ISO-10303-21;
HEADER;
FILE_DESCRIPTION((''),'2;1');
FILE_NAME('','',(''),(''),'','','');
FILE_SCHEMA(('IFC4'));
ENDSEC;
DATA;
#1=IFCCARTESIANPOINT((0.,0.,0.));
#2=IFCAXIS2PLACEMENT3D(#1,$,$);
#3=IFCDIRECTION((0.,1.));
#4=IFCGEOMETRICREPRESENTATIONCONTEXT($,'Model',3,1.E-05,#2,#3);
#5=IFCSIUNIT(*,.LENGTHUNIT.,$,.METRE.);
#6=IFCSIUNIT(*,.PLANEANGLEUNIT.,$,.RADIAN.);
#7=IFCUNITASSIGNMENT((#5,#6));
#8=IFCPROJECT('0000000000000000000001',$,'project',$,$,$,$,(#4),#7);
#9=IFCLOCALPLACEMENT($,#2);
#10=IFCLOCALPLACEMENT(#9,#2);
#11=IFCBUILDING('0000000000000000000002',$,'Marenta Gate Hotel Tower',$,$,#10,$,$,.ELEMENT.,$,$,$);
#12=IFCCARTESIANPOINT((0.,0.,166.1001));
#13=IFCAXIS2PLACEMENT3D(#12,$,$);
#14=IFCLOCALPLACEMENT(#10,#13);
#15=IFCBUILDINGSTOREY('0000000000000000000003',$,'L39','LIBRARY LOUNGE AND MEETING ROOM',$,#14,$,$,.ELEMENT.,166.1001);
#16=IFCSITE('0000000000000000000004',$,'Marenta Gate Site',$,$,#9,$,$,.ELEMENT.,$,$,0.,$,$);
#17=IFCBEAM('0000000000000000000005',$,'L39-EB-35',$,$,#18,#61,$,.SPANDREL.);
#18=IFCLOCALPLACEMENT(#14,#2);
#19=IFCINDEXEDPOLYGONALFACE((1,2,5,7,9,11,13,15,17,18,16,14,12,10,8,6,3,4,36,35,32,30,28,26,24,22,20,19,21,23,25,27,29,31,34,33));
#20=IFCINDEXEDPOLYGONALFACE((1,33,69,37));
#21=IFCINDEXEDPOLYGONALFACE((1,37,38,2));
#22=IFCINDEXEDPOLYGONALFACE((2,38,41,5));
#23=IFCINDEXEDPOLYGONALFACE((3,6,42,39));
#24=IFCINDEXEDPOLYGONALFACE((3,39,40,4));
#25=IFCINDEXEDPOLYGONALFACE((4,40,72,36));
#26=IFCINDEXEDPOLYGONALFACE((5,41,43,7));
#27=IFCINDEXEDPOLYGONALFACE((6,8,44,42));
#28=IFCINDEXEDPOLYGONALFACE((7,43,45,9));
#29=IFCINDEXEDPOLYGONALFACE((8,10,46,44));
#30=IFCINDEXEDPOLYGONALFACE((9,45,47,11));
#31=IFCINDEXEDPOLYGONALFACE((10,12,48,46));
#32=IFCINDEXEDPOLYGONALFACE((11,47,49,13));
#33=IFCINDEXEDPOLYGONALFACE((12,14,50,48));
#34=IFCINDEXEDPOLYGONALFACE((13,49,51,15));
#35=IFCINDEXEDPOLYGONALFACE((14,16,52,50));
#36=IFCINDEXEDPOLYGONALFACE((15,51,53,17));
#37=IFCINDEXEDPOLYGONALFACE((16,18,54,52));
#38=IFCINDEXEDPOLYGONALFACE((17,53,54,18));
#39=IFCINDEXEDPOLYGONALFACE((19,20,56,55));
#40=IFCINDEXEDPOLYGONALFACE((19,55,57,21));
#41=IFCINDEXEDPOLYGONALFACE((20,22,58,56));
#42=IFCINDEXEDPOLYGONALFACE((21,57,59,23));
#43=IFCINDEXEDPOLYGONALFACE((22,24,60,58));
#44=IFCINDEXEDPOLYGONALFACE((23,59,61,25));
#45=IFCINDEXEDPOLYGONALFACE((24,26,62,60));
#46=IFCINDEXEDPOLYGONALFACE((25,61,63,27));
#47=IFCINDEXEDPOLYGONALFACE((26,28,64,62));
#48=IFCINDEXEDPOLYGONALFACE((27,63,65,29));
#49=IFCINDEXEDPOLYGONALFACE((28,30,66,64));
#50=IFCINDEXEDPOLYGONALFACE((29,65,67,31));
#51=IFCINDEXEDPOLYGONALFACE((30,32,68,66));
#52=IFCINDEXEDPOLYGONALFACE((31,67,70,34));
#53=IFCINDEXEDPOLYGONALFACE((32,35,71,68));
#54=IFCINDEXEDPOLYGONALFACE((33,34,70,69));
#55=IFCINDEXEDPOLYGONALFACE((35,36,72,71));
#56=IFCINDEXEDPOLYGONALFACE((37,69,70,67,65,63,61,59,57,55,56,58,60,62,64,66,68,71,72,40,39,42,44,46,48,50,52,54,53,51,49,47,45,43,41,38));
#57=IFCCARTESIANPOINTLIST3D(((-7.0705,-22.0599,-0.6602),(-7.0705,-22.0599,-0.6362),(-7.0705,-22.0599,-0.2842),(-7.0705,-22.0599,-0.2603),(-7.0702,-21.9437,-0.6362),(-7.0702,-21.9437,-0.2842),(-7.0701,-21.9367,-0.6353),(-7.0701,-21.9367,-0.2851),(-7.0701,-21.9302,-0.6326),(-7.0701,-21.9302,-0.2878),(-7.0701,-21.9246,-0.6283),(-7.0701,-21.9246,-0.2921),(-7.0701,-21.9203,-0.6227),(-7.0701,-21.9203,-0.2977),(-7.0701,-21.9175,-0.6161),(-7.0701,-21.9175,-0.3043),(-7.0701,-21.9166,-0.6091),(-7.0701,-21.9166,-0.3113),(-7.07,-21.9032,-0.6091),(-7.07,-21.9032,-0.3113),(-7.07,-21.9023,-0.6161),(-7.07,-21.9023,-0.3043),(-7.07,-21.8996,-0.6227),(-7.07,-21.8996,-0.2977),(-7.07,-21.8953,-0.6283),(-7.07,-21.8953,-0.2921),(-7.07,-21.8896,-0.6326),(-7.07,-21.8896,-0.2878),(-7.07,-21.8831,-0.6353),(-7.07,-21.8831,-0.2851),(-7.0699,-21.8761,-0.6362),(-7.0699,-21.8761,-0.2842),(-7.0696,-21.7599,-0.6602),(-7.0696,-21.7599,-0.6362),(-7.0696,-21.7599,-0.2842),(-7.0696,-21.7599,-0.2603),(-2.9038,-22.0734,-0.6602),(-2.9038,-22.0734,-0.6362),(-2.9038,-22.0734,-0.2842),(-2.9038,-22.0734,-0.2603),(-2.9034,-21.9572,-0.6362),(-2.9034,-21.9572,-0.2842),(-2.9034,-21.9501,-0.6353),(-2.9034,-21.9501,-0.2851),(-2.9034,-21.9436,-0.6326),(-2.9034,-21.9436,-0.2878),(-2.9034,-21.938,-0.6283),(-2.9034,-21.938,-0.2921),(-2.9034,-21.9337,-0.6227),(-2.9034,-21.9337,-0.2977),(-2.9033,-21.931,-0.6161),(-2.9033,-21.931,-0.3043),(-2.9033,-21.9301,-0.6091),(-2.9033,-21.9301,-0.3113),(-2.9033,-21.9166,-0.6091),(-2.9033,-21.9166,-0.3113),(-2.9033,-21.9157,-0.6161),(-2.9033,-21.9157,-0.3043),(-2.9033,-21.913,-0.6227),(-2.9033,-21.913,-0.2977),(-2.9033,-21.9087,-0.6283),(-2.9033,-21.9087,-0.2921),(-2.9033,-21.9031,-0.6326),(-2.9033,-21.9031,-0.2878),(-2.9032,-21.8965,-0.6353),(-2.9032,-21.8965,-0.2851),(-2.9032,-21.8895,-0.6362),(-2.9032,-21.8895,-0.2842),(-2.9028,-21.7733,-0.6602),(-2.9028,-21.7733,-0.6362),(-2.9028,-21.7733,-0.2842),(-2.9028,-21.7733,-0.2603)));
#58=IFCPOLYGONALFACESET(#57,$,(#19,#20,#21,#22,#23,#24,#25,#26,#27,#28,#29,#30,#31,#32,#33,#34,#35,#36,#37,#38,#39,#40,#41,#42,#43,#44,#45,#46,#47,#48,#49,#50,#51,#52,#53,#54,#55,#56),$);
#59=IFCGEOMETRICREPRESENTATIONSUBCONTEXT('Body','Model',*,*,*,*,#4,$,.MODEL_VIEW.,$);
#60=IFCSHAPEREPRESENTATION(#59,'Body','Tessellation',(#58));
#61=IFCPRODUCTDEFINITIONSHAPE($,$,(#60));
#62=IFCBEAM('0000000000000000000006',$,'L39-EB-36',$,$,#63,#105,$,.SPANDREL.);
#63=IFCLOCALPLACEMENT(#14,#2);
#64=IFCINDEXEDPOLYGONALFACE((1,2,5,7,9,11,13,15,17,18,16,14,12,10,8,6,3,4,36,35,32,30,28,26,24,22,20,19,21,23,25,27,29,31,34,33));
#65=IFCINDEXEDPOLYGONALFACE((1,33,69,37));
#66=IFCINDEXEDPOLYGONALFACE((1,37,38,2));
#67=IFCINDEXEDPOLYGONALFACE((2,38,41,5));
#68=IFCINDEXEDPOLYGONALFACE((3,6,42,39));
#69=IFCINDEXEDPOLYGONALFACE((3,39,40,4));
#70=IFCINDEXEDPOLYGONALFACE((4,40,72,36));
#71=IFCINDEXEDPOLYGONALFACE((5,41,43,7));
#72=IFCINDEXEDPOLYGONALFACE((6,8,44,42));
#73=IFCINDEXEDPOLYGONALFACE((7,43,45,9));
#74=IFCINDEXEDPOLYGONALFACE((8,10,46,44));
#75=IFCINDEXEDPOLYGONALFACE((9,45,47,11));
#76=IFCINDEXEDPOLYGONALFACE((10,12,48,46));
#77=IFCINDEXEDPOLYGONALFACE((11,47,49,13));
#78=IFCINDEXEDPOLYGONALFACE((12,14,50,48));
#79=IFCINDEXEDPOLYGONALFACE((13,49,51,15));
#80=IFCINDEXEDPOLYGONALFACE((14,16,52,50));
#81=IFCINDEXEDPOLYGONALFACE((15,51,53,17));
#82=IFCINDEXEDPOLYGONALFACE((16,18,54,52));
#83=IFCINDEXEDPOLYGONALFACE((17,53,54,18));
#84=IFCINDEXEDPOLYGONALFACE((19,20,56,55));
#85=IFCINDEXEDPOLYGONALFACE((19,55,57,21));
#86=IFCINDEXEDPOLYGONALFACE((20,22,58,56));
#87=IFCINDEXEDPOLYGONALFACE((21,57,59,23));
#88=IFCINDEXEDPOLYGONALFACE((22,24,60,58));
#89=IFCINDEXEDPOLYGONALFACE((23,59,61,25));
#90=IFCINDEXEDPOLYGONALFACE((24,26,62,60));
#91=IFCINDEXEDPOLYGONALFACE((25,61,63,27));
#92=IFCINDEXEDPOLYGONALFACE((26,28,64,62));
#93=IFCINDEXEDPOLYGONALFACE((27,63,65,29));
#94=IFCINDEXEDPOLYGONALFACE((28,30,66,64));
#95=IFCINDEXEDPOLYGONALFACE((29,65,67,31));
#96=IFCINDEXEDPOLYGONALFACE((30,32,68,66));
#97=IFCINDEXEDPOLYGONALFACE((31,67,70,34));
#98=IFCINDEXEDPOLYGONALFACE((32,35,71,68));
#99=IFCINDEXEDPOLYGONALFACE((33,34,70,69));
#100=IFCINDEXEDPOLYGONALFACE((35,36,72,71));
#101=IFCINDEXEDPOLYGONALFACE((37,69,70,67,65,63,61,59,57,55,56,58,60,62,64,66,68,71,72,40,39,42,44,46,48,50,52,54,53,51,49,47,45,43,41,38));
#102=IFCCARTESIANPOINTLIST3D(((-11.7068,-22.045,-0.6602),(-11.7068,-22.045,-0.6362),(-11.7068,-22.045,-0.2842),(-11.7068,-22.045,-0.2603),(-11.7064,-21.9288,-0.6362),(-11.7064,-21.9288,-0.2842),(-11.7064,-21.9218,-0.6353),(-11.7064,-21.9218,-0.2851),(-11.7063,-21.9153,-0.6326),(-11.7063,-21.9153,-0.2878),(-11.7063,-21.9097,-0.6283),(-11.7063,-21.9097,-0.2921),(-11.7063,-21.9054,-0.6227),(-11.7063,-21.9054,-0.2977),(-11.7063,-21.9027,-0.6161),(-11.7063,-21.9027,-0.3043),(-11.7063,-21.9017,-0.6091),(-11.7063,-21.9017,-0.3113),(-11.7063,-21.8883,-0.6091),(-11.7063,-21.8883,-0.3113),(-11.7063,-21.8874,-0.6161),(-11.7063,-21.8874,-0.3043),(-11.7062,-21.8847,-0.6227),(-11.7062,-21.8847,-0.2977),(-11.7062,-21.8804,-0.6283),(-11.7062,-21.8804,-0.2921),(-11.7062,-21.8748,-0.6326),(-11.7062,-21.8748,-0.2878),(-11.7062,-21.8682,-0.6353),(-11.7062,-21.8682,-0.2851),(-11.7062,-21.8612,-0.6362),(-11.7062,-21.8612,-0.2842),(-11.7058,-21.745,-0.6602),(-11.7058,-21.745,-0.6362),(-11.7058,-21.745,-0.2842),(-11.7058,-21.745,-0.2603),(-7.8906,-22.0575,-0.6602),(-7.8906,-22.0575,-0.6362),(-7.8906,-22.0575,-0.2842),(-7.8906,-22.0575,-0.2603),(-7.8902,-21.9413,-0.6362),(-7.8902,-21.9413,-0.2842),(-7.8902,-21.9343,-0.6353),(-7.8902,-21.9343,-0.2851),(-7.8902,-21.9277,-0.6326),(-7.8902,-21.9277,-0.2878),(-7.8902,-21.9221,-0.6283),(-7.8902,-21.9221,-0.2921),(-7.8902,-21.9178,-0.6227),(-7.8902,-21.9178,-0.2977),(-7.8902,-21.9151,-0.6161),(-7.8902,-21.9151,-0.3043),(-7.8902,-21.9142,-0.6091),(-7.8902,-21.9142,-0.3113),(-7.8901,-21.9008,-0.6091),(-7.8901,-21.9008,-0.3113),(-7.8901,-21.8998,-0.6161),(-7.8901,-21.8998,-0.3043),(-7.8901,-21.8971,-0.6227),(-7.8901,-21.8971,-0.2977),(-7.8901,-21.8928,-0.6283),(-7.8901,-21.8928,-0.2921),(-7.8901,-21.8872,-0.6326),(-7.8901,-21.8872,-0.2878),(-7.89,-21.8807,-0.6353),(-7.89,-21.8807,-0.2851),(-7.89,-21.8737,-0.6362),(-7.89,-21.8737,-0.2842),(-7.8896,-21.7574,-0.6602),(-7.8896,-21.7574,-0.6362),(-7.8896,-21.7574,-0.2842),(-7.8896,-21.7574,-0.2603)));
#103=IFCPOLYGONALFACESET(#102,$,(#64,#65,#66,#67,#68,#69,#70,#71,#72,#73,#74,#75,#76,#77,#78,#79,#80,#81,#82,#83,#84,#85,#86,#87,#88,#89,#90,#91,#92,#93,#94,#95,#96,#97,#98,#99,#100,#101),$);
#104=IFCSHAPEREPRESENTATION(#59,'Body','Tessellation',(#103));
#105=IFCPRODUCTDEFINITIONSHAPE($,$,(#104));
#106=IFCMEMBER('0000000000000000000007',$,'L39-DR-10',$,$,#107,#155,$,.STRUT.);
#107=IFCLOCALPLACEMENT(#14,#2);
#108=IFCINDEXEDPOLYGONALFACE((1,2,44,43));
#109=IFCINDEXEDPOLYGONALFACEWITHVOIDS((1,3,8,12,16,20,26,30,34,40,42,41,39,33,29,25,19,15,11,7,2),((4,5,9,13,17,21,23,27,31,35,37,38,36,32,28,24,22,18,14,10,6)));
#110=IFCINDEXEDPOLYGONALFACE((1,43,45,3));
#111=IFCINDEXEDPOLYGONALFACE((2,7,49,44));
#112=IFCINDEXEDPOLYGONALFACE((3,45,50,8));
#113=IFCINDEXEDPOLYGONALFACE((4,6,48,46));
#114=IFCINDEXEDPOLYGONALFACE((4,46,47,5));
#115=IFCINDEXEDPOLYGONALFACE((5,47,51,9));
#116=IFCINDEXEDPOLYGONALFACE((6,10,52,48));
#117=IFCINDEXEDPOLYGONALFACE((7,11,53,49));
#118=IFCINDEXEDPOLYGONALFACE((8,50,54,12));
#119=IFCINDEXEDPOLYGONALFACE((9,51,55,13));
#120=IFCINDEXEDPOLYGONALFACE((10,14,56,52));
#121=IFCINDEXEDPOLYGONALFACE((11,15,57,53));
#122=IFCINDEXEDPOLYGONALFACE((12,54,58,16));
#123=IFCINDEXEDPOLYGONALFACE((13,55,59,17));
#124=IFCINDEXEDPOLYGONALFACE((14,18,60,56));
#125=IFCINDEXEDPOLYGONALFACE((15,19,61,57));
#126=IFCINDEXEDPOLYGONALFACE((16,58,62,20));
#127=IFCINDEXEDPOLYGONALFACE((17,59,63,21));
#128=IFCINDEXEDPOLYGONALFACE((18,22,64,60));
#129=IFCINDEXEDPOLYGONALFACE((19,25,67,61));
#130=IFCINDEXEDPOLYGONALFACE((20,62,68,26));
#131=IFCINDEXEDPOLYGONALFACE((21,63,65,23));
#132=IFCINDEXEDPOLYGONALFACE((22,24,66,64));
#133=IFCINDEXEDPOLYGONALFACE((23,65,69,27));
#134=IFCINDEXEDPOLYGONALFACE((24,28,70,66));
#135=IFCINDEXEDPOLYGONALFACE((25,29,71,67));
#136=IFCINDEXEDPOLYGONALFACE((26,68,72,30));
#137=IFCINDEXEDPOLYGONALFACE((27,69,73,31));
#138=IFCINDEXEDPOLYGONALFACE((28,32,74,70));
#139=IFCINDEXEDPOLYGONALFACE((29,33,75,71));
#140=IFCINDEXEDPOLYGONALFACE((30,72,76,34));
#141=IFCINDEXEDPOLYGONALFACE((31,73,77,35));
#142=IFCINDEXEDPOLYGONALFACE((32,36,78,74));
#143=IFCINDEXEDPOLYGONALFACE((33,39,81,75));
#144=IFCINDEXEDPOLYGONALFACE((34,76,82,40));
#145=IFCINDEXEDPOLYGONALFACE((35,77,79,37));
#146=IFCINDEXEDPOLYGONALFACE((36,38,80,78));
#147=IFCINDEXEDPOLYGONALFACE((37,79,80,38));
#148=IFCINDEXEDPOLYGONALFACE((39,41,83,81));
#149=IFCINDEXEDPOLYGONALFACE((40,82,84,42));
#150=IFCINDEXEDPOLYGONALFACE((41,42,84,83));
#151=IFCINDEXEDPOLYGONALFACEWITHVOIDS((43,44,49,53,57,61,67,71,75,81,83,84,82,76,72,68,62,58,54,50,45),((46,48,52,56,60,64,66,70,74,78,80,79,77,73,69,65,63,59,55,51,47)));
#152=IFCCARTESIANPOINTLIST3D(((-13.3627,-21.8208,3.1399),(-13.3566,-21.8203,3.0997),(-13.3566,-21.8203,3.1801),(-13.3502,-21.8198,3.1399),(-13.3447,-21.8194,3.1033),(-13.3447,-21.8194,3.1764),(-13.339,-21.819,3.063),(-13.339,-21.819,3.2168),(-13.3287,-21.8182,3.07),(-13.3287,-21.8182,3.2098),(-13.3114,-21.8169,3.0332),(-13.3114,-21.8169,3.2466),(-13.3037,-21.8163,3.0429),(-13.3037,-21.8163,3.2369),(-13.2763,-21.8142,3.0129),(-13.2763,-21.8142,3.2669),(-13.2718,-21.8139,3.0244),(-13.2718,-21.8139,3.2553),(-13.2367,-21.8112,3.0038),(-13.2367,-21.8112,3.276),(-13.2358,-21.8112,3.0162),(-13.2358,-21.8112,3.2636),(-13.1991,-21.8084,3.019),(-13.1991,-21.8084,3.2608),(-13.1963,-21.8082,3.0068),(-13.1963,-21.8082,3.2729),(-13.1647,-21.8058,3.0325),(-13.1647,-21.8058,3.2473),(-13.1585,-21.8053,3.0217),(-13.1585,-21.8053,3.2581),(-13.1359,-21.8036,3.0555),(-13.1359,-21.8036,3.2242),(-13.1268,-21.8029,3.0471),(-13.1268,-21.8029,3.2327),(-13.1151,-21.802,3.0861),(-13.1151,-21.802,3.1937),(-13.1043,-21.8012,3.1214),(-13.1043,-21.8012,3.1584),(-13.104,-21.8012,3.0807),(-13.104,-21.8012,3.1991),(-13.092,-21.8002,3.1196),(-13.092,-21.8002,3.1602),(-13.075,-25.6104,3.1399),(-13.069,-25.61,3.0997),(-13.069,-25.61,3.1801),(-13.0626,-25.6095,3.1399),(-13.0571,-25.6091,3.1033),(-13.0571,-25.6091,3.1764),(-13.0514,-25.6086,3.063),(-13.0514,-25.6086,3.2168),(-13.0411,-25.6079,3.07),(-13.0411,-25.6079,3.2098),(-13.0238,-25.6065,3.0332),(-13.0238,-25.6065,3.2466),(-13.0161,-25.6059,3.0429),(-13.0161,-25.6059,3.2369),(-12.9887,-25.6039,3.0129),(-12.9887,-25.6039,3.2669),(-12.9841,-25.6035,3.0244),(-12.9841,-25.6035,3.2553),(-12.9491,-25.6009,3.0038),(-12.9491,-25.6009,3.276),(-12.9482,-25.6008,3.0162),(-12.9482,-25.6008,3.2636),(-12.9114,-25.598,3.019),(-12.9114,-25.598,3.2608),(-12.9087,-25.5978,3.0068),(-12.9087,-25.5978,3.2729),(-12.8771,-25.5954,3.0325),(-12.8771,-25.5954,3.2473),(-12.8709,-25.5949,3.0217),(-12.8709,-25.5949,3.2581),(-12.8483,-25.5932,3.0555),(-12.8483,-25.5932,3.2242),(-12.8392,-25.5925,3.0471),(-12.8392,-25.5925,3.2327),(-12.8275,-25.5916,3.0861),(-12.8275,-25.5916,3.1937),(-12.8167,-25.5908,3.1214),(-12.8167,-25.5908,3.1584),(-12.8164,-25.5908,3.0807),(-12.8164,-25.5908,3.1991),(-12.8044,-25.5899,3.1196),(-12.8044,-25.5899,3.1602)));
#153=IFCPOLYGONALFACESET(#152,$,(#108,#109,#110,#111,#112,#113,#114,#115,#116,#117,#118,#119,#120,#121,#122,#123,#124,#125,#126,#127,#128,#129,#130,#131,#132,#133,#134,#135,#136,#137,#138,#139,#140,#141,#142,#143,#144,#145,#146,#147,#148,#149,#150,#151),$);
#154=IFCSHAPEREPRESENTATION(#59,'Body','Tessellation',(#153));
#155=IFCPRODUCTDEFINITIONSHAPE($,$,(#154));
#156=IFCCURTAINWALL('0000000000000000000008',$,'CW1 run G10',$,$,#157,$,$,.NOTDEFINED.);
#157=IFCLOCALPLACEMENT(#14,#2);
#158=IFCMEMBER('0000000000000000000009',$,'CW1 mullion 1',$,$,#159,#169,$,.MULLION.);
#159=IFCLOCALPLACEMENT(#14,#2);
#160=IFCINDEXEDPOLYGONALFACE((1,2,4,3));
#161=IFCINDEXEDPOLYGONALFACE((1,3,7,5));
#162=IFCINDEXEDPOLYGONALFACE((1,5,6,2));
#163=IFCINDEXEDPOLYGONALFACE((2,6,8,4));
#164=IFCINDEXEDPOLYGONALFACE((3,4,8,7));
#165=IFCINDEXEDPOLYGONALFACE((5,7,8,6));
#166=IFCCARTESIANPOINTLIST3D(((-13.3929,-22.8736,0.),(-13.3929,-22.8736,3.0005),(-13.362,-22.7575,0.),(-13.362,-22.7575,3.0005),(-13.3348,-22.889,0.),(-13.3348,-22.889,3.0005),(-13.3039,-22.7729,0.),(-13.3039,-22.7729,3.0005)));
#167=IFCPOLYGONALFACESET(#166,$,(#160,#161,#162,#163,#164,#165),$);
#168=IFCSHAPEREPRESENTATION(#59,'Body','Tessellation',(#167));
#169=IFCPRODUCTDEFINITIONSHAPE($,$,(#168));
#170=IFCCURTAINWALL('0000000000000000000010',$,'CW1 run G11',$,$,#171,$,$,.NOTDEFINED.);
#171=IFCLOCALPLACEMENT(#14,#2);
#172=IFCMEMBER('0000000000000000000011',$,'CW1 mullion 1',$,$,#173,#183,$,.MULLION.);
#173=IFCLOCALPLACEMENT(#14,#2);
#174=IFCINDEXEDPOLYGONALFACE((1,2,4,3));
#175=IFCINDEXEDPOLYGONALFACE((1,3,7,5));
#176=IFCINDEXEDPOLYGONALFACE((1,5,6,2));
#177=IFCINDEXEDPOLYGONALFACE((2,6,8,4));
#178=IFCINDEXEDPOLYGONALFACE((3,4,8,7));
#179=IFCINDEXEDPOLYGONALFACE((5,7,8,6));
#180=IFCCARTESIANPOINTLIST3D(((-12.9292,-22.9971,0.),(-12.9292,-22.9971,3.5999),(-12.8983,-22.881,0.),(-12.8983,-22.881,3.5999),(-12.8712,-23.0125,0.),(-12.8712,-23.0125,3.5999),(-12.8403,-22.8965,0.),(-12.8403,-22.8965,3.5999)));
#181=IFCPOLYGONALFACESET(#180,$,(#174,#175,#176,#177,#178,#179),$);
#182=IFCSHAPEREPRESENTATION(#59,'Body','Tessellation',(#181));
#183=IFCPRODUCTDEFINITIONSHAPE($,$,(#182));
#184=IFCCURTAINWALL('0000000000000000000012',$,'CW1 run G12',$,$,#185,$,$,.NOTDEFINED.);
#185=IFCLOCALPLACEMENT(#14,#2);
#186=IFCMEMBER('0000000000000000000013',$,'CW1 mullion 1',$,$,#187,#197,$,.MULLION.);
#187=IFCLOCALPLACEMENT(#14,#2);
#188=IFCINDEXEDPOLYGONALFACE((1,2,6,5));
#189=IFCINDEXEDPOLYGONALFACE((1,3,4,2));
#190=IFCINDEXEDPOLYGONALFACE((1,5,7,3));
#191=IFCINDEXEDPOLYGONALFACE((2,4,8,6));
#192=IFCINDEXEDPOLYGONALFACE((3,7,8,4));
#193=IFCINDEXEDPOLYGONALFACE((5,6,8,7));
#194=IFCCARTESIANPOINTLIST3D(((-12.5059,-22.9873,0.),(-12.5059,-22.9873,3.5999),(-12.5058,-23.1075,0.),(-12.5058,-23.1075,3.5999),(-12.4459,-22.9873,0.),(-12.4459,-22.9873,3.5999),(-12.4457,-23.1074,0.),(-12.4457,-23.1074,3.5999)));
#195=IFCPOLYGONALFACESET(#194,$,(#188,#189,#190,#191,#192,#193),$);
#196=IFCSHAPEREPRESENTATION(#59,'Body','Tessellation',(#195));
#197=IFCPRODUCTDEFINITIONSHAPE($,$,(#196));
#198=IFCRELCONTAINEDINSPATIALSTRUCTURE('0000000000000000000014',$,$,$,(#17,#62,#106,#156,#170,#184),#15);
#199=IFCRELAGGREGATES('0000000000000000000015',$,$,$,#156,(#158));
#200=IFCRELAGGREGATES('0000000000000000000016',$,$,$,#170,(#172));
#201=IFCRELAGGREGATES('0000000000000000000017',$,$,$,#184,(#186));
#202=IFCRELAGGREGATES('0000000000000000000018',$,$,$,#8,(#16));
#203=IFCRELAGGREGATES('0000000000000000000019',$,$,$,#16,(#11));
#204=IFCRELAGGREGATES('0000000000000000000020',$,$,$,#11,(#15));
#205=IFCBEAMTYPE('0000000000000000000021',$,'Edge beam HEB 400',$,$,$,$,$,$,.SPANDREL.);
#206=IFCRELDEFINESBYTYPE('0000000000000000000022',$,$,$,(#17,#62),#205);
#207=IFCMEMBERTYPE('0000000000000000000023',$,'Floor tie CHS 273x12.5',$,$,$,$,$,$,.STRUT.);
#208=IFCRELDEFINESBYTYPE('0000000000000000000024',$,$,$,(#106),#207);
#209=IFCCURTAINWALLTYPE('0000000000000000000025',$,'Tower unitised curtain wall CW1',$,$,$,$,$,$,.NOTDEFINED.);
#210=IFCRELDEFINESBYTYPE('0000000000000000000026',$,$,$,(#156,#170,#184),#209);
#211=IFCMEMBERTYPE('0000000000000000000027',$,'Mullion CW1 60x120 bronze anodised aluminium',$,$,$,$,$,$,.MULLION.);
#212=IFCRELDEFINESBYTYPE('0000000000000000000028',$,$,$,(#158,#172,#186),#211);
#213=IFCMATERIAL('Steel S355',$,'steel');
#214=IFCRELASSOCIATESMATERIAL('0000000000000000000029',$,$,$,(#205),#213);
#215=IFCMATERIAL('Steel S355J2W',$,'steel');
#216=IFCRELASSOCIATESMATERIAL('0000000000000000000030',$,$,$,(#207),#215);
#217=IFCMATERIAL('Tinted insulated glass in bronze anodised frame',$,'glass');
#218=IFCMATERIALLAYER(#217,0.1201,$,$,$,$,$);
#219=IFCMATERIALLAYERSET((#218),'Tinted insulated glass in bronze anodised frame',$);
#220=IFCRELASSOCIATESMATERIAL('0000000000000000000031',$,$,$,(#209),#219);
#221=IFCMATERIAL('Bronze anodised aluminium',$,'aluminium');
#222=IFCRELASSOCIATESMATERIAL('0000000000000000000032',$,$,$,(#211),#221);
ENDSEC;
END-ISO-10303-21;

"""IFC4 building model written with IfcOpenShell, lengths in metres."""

from ifc_helpers import new_model, si_unit, direction, frame, origin, origin_2d, place, context, subcontext, project, spatial, rectangle, hollow_circle, i_section, extrude, material, layer, layer_set, material_profile, profile_set, type_object, element, aggregate, save


model = new_model("IFC4")

# Units and contexts
model_context = context("Model", 3, precision=1e-05, world=origin(), true_north=direction((0.0, 1.0)))
body_context = subcontext(model_context, "Body", "Model", "MODEL_VIEW")
ifc_project = project(units=[si_unit("LENGTHUNIT", "METRE"), si_unit("PLANEANGLEUNIT", "RADIAN")], contexts=[model_context])

# Site, building, storey
site_placement = place(None, origin())
site = spatial("IfcSite", under=ifc_project, at=site_placement, Name="Marenta Gate Site", CompositionType="ELEMENT", RefElevation=0.0)
building_placement = place(site_placement, origin())
building = spatial("IfcBuilding", under=site, at=building_placement, Name="Marenta Gate Hotel Tower", CompositionType="ELEMENT")
storey_placement = place(building_placement, frame((0.0, 0.0, 166.1001)))
storey = spatial("IfcBuildingStorey", under=building, at=storey_placement, Name="L39", Description="LIBRARY LOUNGE AND MEETING ROOM", CompositionType="ELEMENT", Elevation=166.1001)

# Beams
ifc_material_1 = material(Name="Steel S355", Category="steel")
ifc_material_profile_1 = material_profile(ifc_material_1, i_section(OverallWidth=0.3, OverallDepth=0.3999, WebThickness=0.0134, FlangeThickness=0.0239, FilletRadius=0.0271, at=origin_2d()), Name="HEB 400")
ifc_profile_set_1 = profile_set([ifc_material_profile_1], Name="Steel S355")
beam_type = type_object("IfcBeamType", Name="Edge beam HEB 400", PredefinedType="SPANDREL", material=ifc_profile_set_1)
beam_1_placement = place(storey_placement, frame((-2.9033, -21.9233, -0.4602), z_axis=(-0.999995, 0.003223, 0.0), x_axis=(-0.003223, -0.999995, 0.0)))
element("IfcBeam", 1, at=beam_1_placement, inside=storey, type_object=beam_type, Name="L39-EB-35", PredefinedType="SPANDREL", context=body_context, shape_type="SweptSolid", body=[
    extrude(i_section(OverallWidth=0.3, OverallDepth=0.3999, WebThickness=0.0134, FlangeThickness=0.0239, FilletRadius=0.0271, at=origin_2d()), origin(), (0.0, 0.0, 1.0), 4.1667),
])
beam_2_placement = place(storey_placement, frame((-7.8901, -21.9075, -0.4602), z_axis=(-0.999995, 0.003263, 0.0), x_axis=(-0.003263, -0.999995, 0.0)))
element("IfcBeam", 2, at=beam_2_placement, inside=storey, type_object=beam_type, Name="L39-EB-36", PredefinedType="SPANDREL", context=body_context, shape_type="SweptSolid", body=[
    extrude(i_section(OverallWidth=0.3, OverallDepth=0.3999, WebThickness=0.0134, FlangeThickness=0.0239, FilletRadius=0.0271, at=origin_2d()), origin(), (0.0, 0.0, 1.0), 3.8162),
])

# Member
ifc_material_2 = material(Name="Steel S355J2W", Category="steel")
ifc_material_profile_2 = material_profile(ifc_material_2, hollow_circle(Radius=0.1365, WallThickness=0.0125, at=origin_2d()), Name="CHS 273x12.5")
ifc_profile_set_2 = profile_set([ifc_material_profile_2], Name="Steel S355J2W")
member_type_1 = type_object("IfcMemberType", Name="Floor tie CHS 273x12.5", PredefinedType="STRUT", material=ifc_profile_set_2)
member_1_placement = place(storey_placement, frame((-12.939, -25.6001, 3.1399), z_axis=(-0.075675, 0.997133, 0.0), x_axis=(-0.997133, -0.075675, 0.0)))
element("IfcMember", 3, at=member_1_placement, inside=storey, type_object=member_type_1, Name="L39-DR-10", PredefinedType="STRUT", context=body_context, shape_type="SweptSolid", body=[
    extrude(hollow_circle(Radius=0.1365, WallThickness=0.0125, at=origin_2d()), origin(), (0.0, 0.0, 1.0), 3.8005),
])

# Curtain walls, members
ifc_material_3 = material(Name="Tinted insulated glass in bronze anodised frame", Category="glass")
ifc_layer_1 = layer(ifc_material_3, 0.1201)
ifc_layer_set_1 = layer_set([ifc_layer_1], Name="Tinted insulated glass in bronze anodised frame")
curtain_wall_type = type_object("IfcCurtainWallType", Name="Tower unitised curtain wall CW1", PredefinedType="NOTDEFINED", material=ifc_layer_set_1)
curtain_wall_1_placement = place(storey_placement, origin())
curtain_wall_1 = element("IfcCurtainWall", 4, at=curtain_wall_1_placement, inside=storey, type_object=curtain_wall_type, Name="CW1 run G10", PredefinedType="NOTDEFINED")
ifc_material_4 = material(Name="Bronze anodised aluminium", Category="aluminium")
ifc_material_profile_3 = material_profile(ifc_material_4, rectangle(XDim=0.1201, YDim=0.0601, at=origin_2d()), Name="Mullion CW1 60x120 bronze anodised aluminium")
ifc_profile_set_3 = profile_set([ifc_material_profile_3], Name="Bronze anodised aluminium")
member_type_2 = type_object("IfcMemberType", Name="Mullion CW1 60x120 bronze anodised aluminium", PredefinedType="MULLION", material=ifc_profile_set_3)
member_2_placement = place(storey_placement, frame((-13.3484, -22.8232, 0.0), z_axis=(0.0, 0.0, 1.0), x_axis=(0.25717, 0.966366, 0.0)))
member_2 = element("IfcMember", 5, at=member_2_placement, type_object=member_type_2, Name="CW1 mullion 1", PredefinedType="MULLION", context=body_context, shape_type="SweptSolid", body=[
    extrude(rectangle(XDim=0.1201, YDim=0.0601, at=origin_2d()), origin(), (0.0, 0.0, 1.0), 3.0005),
])
curtain_wall_2_placement = place(storey_placement, origin())
curtain_wall_2 = element("IfcCurtainWall", 6, at=curtain_wall_2_placement, inside=storey, type_object=curtain_wall_type, Name="CW1 run G11", PredefinedType="NOTDEFINED")
member_3_placement = place(storey_placement, frame((-12.8848, -22.9468, 0.0), z_axis=(0.0, 0.0, 1.0), x_axis=(0.257117, 0.96638, 0.0)))
member_3 = element("IfcMember", 7, at=member_3_placement, type_object=member_type_2, Name="CW1 mullion 1", PredefinedType="MULLION", context=body_context, shape_type="SweptSolid", body=[
    extrude(rectangle(XDim=0.1201, YDim=0.0601, at=origin_2d()), origin(), (0.0, 0.0, 1.0), 3.5999),
])

# Curtain wall, member
curtain_wall_3_placement = place(storey_placement, origin())
curtain_wall_3 = element("IfcCurtainWall", 8, at=curtain_wall_3_placement, inside=storey, type_object=curtain_wall_type, Name="CW1 run G12", PredefinedType="NOTDEFINED")
member_4_placement = place(storey_placement, frame((-12.4758, -23.0474, 0.0), z_axis=(0.0, 0.0, 1.0), x_axis=(-0.001365, 0.999999, 0.0)))
member_4 = element("IfcMember", 9, at=member_4_placement, type_object=member_type_2, Name="CW1 mullion 1", PredefinedType="MULLION", context=body_context, shape_type="SweptSolid", body=[
    extrude(rectangle(XDim=0.1201, YDim=0.0601, at=origin_2d()), origin(), (0.0, 0.0, 1.0), 3.5999),
])

aggregate(curtain_wall_1, [member_2])
aggregate(curtain_wall_2, [member_3])
aggregate(curtain_wall_3, [member_4])

save(model, "model.ifc")
